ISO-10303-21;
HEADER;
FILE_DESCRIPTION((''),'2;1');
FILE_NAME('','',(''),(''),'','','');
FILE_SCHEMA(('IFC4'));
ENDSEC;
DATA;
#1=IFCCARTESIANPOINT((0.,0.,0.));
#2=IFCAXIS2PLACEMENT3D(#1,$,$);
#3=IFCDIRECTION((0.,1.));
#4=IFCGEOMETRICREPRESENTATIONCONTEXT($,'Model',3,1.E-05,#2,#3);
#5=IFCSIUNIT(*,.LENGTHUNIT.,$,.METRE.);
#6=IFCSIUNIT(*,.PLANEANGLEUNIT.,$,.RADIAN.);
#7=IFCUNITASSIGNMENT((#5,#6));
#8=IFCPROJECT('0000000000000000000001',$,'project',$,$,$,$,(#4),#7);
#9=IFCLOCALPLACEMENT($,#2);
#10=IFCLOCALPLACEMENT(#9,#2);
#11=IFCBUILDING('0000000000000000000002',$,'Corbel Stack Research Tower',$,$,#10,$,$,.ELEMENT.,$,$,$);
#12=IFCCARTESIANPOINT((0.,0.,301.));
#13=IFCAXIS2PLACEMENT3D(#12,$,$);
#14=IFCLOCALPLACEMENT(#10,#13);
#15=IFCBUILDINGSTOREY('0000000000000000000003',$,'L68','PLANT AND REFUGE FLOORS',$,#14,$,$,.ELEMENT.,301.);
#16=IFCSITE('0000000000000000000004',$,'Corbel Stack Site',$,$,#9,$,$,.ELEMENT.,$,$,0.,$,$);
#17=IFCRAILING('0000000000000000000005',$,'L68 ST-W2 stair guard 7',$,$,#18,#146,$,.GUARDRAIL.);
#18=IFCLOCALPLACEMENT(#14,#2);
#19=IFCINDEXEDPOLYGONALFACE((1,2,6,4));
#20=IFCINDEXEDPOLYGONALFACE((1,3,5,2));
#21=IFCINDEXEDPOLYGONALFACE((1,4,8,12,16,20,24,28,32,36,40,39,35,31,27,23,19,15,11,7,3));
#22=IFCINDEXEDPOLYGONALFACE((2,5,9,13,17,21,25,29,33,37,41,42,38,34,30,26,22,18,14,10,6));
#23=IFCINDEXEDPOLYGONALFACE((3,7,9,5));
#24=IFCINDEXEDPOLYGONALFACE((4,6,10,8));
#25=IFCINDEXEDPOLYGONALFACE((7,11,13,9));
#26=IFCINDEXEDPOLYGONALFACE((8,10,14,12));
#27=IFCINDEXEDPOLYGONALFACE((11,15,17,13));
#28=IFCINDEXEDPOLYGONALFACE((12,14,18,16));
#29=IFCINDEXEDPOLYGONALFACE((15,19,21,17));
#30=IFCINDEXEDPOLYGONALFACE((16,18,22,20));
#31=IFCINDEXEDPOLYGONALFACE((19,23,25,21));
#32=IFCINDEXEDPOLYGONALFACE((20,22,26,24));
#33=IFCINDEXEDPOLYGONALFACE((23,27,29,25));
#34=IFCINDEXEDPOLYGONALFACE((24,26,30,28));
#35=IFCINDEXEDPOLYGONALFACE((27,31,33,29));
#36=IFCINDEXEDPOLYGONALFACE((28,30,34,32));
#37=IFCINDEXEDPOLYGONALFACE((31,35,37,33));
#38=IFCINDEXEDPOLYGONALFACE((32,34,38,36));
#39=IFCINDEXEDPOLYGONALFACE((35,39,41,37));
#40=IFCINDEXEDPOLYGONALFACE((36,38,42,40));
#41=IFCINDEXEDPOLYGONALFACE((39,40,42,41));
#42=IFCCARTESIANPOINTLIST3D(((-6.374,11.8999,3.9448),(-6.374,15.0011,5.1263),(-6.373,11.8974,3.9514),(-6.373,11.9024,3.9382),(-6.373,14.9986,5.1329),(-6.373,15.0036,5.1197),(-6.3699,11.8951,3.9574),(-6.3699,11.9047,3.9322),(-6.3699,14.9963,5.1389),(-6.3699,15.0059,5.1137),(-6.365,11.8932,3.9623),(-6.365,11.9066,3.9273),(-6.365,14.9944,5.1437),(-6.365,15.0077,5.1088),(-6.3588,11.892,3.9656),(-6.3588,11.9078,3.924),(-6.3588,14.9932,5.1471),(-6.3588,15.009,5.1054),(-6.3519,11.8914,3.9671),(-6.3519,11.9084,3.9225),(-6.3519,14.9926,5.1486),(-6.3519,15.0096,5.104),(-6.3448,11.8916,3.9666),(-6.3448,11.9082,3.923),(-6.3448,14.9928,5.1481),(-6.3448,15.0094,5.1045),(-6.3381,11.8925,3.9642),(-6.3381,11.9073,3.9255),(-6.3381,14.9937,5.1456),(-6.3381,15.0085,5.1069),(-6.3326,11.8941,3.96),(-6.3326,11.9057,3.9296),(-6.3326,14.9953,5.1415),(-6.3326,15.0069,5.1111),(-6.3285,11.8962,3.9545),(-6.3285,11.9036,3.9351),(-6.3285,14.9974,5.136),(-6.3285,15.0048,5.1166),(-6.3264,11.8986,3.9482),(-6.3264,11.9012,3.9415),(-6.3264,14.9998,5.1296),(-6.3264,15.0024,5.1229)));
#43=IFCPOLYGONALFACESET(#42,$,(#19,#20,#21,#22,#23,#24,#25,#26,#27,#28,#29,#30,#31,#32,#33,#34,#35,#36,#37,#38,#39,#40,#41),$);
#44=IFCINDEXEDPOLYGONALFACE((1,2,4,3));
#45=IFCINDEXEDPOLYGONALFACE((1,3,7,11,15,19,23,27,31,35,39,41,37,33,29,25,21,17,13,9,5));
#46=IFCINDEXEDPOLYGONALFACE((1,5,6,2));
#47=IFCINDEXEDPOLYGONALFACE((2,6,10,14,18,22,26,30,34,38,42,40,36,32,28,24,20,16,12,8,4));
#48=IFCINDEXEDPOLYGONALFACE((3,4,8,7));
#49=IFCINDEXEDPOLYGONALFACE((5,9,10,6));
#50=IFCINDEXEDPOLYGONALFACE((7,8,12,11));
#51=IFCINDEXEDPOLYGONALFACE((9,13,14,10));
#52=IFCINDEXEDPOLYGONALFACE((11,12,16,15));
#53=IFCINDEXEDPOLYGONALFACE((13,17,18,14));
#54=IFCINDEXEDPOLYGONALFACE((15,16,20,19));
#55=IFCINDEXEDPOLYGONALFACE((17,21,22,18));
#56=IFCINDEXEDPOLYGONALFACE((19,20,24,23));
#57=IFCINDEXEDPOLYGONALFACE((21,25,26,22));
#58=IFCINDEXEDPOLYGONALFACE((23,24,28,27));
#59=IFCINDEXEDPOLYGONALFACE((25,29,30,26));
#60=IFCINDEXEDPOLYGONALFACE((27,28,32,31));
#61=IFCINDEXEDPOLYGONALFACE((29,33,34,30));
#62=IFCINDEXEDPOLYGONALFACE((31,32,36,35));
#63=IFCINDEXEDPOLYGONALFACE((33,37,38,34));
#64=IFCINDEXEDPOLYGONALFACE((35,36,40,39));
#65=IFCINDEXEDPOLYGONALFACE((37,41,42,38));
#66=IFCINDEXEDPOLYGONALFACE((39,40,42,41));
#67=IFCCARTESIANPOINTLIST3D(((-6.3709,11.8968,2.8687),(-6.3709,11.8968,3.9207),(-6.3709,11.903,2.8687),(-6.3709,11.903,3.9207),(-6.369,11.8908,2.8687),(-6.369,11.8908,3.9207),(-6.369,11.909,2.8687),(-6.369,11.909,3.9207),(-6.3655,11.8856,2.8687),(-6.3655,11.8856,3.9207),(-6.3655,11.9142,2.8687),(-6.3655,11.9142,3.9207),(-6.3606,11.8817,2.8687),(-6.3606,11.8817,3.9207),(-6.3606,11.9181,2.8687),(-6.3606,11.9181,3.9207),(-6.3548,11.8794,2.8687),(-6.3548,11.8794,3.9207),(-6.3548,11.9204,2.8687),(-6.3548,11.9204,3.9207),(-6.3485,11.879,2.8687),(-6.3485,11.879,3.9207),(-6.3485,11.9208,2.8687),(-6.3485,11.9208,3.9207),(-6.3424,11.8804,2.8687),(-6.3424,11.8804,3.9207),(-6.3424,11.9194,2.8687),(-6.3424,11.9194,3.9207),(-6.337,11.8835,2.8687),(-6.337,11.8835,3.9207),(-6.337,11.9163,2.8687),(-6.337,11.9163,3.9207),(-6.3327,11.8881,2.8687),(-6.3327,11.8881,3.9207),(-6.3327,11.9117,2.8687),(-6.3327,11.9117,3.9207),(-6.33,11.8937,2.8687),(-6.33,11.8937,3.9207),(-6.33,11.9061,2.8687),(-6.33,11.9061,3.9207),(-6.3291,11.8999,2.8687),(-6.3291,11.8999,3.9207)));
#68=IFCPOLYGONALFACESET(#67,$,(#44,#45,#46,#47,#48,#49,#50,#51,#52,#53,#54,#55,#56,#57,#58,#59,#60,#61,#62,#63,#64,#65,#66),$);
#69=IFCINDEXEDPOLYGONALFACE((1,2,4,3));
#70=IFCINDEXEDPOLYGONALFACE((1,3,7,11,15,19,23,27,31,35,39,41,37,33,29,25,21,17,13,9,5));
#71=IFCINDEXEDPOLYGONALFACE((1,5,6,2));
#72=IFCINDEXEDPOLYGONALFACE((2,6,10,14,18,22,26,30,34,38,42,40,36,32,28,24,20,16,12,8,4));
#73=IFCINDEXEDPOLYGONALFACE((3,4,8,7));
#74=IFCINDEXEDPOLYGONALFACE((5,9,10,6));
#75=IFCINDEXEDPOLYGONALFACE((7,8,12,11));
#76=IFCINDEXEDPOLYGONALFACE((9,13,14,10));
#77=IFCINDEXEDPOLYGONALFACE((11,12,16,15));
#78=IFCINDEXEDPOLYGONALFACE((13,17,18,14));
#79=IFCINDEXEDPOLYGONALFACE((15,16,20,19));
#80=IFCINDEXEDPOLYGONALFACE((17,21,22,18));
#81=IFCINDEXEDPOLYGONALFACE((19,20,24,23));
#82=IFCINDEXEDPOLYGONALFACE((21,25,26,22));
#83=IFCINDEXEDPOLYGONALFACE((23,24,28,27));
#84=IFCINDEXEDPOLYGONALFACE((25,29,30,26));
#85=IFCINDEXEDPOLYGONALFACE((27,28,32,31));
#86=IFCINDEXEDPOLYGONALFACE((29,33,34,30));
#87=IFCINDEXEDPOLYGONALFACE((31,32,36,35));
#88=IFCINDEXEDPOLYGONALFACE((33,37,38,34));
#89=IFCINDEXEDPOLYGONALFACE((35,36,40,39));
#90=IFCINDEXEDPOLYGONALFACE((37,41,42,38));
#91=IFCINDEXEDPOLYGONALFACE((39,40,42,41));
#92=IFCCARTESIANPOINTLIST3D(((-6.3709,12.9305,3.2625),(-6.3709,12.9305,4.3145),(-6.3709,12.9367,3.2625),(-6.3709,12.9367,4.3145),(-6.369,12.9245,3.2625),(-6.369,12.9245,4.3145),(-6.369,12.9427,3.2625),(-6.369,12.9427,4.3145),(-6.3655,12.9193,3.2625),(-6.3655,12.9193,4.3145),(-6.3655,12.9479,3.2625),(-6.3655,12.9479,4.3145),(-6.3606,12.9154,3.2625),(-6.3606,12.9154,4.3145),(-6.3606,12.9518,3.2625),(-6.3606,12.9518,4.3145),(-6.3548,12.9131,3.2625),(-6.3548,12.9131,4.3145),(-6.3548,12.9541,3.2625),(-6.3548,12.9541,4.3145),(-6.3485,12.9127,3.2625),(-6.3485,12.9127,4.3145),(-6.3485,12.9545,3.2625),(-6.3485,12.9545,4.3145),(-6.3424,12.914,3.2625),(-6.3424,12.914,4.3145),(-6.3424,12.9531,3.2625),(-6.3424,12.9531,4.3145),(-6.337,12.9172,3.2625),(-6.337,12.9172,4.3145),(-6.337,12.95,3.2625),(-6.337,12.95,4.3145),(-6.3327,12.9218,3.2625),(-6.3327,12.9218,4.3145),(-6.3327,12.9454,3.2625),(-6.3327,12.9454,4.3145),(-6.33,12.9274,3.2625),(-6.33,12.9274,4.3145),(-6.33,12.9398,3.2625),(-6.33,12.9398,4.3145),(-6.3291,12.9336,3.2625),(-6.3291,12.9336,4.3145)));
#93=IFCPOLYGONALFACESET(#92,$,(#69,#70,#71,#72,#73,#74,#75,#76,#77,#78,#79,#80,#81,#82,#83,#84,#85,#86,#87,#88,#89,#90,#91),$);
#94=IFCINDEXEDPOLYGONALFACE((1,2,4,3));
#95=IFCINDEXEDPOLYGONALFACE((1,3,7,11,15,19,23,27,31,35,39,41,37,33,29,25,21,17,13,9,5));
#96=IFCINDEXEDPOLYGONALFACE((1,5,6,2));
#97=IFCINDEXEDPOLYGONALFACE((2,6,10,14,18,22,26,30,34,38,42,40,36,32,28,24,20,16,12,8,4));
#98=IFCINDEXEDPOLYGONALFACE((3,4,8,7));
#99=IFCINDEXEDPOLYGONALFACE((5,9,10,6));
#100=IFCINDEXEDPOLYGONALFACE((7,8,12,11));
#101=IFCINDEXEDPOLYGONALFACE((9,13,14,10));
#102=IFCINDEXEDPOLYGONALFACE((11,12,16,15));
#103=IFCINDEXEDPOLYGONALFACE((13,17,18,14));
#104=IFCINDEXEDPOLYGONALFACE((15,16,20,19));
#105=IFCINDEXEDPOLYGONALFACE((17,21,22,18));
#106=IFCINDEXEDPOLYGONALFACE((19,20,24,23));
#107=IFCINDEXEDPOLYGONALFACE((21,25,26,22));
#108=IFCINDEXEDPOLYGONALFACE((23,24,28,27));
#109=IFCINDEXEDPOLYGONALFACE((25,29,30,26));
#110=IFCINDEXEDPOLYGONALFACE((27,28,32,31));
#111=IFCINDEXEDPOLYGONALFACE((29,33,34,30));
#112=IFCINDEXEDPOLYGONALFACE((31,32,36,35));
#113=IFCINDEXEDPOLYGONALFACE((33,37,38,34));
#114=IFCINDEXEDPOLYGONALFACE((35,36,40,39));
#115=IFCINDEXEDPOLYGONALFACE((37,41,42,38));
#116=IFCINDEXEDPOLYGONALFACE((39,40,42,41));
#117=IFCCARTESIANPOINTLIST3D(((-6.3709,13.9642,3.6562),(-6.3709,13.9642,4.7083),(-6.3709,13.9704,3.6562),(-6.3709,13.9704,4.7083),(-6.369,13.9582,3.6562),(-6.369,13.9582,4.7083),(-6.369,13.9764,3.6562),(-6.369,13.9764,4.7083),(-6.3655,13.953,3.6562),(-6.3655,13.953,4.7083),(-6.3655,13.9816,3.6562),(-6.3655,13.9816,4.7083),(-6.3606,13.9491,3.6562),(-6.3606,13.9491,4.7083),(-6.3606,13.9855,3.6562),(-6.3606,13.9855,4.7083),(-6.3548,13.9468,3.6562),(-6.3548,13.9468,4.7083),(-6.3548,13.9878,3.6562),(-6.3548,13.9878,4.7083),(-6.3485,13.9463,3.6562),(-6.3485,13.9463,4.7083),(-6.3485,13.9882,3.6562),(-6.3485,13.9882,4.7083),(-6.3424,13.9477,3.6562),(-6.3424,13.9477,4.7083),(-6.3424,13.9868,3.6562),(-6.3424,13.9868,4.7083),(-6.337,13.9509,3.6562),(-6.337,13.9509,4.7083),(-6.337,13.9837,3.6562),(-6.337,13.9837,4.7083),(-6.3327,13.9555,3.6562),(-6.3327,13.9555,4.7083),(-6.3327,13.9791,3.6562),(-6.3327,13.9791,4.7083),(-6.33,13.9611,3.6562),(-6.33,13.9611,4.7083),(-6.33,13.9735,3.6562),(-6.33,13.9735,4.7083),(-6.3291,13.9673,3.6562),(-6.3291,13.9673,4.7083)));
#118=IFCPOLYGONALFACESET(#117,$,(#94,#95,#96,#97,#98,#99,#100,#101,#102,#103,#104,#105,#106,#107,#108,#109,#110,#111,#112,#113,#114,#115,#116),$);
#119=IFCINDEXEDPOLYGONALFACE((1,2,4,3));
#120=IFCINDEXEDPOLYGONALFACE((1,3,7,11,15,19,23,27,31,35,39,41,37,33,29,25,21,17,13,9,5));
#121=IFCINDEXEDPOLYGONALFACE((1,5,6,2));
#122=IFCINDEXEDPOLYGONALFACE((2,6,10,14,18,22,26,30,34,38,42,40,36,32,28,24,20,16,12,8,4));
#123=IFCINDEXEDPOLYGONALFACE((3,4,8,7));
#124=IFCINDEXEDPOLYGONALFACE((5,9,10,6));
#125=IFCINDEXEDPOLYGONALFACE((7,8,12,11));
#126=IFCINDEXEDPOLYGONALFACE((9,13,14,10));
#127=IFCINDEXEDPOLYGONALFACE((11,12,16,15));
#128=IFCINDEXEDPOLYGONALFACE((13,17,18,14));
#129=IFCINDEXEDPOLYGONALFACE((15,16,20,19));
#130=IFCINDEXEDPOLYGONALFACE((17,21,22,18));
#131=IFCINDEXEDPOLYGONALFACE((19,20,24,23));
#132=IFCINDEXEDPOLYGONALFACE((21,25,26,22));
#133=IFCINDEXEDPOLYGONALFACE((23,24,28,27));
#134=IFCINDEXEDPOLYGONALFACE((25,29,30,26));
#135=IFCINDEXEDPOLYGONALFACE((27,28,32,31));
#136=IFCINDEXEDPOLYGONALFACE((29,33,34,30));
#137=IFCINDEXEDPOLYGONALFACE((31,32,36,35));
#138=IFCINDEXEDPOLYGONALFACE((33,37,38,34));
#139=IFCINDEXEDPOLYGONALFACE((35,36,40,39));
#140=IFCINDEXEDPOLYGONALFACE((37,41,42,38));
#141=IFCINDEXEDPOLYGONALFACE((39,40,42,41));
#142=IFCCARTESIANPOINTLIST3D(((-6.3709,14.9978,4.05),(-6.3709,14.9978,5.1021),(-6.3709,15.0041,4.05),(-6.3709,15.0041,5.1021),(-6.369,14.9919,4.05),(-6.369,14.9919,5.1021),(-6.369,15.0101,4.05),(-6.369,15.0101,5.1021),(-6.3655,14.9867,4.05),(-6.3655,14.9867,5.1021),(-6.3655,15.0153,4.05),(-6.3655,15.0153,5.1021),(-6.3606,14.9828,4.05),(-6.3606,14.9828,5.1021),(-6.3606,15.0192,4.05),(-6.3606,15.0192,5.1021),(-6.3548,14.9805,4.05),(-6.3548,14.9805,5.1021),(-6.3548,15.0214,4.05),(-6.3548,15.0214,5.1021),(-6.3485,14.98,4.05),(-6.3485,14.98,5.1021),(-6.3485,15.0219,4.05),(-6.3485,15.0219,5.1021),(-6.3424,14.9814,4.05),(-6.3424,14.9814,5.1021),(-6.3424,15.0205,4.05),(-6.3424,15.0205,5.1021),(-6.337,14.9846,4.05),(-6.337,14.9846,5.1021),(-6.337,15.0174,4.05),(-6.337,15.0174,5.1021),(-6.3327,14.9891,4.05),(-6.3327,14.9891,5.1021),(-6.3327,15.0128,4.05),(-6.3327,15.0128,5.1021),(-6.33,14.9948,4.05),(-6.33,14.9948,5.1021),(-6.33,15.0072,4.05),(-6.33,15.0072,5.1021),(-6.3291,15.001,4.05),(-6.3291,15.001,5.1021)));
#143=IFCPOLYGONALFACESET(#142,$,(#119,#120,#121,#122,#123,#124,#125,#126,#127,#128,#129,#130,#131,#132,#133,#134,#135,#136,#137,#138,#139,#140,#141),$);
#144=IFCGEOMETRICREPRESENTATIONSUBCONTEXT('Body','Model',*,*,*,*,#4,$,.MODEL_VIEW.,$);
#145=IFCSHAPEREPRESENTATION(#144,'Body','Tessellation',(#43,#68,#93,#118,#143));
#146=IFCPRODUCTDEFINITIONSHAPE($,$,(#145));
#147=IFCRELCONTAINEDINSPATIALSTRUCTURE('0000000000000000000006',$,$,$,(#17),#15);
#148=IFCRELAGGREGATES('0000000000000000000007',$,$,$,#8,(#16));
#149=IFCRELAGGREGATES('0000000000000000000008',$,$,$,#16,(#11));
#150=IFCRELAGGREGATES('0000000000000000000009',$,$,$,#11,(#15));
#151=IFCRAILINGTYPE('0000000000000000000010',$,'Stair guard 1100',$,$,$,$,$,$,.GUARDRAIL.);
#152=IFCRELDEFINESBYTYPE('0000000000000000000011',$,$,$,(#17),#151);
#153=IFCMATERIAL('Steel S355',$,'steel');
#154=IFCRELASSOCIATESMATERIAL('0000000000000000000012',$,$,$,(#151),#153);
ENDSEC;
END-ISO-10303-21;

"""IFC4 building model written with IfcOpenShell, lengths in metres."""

from ifc_helpers import new_model, si_unit, direction, frame, origin, origin_2d, place, context, subcontext, project, spatial, circle, extrude, material, type_object, element, save


model = new_model("IFC4")

# Units and contexts
model_context = context("Model", 3, precision=1e-05, world=origin(), true_north=direction((0.0, 1.0)))
body_context = subcontext(model_context, "Body", "Model", "MODEL_VIEW")
ifc_project = project(units=[si_unit("LENGTHUNIT", "METRE"), si_unit("PLANEANGLEUNIT", "RADIAN")], contexts=[model_context])

# Site, building, storey
site_placement = place(None, origin())
site = spatial("IfcSite", under=ifc_project, at=site_placement, Name="Corbel Stack Site", CompositionType="ELEMENT", RefElevation=0.0)
building_placement = place(site_placement, origin())
building = spatial("IfcBuilding", under=site, at=building_placement, Name="Corbel Stack Research Tower", CompositionType="ELEMENT")
storey_placement = place(building_placement, frame((0.0, 0.0, 301.0)))
storey = spatial("IfcBuildingStorey", under=building, at=storey_placement, Name="L68", Description="PLANT AND REFUGE FLOORS", CompositionType="ELEMENT", Elevation=301.0)

# Railing
ifc_material_1 = material(Name="Steel S355", Category="steel")
railing_type_1 = type_object("IfcRailingType", Name="Stair guard 1100", PredefinedType="GUARDRAIL", material=ifc_material_1)
railing_1_placement = place(storey_placement, frame((-6.3501, 11.8999, 2.8687)))
element("IfcRailing", 1, at=railing_1_placement, inside=storey, type_object=railing_type_1, Name="L68 ST-W2 stair guard 7", PredefinedType="GUARDRAIL", context=body_context, shape_type="SweptSolid", body=[
    extrude(circle(Radius=0.0239, at=origin_2d()), frame((0.0, 0.0, 1.0762), z_axis=(0.0, 0.934484, 0.356005), x_axis=(-1.0, 0.0, 0.0)), (0.0, 0.0, 1.0), 3.3186),
    extrude(circle(Radius=0.021, at=origin_2d()), origin(), (0.0, 0.0, 1.0), 1.052),
    extrude(circle(Radius=0.021, at=origin_2d()), frame((0.0, 1.0337, 0.3938)), (0.0, 0.0, 1.0), 1.052),
    extrude(circle(Radius=0.021, at=origin_2d()), frame((0.0, 2.0674, 0.7876)), (0.0, 0.0, 1.0), 1.052),
    extrude(circle(Radius=0.021, at=origin_2d()), frame((0.0, 3.1011, 1.1814)), (0.0, 0.0, 1.0), 1.052),
])

save(model, "model.ifc")
